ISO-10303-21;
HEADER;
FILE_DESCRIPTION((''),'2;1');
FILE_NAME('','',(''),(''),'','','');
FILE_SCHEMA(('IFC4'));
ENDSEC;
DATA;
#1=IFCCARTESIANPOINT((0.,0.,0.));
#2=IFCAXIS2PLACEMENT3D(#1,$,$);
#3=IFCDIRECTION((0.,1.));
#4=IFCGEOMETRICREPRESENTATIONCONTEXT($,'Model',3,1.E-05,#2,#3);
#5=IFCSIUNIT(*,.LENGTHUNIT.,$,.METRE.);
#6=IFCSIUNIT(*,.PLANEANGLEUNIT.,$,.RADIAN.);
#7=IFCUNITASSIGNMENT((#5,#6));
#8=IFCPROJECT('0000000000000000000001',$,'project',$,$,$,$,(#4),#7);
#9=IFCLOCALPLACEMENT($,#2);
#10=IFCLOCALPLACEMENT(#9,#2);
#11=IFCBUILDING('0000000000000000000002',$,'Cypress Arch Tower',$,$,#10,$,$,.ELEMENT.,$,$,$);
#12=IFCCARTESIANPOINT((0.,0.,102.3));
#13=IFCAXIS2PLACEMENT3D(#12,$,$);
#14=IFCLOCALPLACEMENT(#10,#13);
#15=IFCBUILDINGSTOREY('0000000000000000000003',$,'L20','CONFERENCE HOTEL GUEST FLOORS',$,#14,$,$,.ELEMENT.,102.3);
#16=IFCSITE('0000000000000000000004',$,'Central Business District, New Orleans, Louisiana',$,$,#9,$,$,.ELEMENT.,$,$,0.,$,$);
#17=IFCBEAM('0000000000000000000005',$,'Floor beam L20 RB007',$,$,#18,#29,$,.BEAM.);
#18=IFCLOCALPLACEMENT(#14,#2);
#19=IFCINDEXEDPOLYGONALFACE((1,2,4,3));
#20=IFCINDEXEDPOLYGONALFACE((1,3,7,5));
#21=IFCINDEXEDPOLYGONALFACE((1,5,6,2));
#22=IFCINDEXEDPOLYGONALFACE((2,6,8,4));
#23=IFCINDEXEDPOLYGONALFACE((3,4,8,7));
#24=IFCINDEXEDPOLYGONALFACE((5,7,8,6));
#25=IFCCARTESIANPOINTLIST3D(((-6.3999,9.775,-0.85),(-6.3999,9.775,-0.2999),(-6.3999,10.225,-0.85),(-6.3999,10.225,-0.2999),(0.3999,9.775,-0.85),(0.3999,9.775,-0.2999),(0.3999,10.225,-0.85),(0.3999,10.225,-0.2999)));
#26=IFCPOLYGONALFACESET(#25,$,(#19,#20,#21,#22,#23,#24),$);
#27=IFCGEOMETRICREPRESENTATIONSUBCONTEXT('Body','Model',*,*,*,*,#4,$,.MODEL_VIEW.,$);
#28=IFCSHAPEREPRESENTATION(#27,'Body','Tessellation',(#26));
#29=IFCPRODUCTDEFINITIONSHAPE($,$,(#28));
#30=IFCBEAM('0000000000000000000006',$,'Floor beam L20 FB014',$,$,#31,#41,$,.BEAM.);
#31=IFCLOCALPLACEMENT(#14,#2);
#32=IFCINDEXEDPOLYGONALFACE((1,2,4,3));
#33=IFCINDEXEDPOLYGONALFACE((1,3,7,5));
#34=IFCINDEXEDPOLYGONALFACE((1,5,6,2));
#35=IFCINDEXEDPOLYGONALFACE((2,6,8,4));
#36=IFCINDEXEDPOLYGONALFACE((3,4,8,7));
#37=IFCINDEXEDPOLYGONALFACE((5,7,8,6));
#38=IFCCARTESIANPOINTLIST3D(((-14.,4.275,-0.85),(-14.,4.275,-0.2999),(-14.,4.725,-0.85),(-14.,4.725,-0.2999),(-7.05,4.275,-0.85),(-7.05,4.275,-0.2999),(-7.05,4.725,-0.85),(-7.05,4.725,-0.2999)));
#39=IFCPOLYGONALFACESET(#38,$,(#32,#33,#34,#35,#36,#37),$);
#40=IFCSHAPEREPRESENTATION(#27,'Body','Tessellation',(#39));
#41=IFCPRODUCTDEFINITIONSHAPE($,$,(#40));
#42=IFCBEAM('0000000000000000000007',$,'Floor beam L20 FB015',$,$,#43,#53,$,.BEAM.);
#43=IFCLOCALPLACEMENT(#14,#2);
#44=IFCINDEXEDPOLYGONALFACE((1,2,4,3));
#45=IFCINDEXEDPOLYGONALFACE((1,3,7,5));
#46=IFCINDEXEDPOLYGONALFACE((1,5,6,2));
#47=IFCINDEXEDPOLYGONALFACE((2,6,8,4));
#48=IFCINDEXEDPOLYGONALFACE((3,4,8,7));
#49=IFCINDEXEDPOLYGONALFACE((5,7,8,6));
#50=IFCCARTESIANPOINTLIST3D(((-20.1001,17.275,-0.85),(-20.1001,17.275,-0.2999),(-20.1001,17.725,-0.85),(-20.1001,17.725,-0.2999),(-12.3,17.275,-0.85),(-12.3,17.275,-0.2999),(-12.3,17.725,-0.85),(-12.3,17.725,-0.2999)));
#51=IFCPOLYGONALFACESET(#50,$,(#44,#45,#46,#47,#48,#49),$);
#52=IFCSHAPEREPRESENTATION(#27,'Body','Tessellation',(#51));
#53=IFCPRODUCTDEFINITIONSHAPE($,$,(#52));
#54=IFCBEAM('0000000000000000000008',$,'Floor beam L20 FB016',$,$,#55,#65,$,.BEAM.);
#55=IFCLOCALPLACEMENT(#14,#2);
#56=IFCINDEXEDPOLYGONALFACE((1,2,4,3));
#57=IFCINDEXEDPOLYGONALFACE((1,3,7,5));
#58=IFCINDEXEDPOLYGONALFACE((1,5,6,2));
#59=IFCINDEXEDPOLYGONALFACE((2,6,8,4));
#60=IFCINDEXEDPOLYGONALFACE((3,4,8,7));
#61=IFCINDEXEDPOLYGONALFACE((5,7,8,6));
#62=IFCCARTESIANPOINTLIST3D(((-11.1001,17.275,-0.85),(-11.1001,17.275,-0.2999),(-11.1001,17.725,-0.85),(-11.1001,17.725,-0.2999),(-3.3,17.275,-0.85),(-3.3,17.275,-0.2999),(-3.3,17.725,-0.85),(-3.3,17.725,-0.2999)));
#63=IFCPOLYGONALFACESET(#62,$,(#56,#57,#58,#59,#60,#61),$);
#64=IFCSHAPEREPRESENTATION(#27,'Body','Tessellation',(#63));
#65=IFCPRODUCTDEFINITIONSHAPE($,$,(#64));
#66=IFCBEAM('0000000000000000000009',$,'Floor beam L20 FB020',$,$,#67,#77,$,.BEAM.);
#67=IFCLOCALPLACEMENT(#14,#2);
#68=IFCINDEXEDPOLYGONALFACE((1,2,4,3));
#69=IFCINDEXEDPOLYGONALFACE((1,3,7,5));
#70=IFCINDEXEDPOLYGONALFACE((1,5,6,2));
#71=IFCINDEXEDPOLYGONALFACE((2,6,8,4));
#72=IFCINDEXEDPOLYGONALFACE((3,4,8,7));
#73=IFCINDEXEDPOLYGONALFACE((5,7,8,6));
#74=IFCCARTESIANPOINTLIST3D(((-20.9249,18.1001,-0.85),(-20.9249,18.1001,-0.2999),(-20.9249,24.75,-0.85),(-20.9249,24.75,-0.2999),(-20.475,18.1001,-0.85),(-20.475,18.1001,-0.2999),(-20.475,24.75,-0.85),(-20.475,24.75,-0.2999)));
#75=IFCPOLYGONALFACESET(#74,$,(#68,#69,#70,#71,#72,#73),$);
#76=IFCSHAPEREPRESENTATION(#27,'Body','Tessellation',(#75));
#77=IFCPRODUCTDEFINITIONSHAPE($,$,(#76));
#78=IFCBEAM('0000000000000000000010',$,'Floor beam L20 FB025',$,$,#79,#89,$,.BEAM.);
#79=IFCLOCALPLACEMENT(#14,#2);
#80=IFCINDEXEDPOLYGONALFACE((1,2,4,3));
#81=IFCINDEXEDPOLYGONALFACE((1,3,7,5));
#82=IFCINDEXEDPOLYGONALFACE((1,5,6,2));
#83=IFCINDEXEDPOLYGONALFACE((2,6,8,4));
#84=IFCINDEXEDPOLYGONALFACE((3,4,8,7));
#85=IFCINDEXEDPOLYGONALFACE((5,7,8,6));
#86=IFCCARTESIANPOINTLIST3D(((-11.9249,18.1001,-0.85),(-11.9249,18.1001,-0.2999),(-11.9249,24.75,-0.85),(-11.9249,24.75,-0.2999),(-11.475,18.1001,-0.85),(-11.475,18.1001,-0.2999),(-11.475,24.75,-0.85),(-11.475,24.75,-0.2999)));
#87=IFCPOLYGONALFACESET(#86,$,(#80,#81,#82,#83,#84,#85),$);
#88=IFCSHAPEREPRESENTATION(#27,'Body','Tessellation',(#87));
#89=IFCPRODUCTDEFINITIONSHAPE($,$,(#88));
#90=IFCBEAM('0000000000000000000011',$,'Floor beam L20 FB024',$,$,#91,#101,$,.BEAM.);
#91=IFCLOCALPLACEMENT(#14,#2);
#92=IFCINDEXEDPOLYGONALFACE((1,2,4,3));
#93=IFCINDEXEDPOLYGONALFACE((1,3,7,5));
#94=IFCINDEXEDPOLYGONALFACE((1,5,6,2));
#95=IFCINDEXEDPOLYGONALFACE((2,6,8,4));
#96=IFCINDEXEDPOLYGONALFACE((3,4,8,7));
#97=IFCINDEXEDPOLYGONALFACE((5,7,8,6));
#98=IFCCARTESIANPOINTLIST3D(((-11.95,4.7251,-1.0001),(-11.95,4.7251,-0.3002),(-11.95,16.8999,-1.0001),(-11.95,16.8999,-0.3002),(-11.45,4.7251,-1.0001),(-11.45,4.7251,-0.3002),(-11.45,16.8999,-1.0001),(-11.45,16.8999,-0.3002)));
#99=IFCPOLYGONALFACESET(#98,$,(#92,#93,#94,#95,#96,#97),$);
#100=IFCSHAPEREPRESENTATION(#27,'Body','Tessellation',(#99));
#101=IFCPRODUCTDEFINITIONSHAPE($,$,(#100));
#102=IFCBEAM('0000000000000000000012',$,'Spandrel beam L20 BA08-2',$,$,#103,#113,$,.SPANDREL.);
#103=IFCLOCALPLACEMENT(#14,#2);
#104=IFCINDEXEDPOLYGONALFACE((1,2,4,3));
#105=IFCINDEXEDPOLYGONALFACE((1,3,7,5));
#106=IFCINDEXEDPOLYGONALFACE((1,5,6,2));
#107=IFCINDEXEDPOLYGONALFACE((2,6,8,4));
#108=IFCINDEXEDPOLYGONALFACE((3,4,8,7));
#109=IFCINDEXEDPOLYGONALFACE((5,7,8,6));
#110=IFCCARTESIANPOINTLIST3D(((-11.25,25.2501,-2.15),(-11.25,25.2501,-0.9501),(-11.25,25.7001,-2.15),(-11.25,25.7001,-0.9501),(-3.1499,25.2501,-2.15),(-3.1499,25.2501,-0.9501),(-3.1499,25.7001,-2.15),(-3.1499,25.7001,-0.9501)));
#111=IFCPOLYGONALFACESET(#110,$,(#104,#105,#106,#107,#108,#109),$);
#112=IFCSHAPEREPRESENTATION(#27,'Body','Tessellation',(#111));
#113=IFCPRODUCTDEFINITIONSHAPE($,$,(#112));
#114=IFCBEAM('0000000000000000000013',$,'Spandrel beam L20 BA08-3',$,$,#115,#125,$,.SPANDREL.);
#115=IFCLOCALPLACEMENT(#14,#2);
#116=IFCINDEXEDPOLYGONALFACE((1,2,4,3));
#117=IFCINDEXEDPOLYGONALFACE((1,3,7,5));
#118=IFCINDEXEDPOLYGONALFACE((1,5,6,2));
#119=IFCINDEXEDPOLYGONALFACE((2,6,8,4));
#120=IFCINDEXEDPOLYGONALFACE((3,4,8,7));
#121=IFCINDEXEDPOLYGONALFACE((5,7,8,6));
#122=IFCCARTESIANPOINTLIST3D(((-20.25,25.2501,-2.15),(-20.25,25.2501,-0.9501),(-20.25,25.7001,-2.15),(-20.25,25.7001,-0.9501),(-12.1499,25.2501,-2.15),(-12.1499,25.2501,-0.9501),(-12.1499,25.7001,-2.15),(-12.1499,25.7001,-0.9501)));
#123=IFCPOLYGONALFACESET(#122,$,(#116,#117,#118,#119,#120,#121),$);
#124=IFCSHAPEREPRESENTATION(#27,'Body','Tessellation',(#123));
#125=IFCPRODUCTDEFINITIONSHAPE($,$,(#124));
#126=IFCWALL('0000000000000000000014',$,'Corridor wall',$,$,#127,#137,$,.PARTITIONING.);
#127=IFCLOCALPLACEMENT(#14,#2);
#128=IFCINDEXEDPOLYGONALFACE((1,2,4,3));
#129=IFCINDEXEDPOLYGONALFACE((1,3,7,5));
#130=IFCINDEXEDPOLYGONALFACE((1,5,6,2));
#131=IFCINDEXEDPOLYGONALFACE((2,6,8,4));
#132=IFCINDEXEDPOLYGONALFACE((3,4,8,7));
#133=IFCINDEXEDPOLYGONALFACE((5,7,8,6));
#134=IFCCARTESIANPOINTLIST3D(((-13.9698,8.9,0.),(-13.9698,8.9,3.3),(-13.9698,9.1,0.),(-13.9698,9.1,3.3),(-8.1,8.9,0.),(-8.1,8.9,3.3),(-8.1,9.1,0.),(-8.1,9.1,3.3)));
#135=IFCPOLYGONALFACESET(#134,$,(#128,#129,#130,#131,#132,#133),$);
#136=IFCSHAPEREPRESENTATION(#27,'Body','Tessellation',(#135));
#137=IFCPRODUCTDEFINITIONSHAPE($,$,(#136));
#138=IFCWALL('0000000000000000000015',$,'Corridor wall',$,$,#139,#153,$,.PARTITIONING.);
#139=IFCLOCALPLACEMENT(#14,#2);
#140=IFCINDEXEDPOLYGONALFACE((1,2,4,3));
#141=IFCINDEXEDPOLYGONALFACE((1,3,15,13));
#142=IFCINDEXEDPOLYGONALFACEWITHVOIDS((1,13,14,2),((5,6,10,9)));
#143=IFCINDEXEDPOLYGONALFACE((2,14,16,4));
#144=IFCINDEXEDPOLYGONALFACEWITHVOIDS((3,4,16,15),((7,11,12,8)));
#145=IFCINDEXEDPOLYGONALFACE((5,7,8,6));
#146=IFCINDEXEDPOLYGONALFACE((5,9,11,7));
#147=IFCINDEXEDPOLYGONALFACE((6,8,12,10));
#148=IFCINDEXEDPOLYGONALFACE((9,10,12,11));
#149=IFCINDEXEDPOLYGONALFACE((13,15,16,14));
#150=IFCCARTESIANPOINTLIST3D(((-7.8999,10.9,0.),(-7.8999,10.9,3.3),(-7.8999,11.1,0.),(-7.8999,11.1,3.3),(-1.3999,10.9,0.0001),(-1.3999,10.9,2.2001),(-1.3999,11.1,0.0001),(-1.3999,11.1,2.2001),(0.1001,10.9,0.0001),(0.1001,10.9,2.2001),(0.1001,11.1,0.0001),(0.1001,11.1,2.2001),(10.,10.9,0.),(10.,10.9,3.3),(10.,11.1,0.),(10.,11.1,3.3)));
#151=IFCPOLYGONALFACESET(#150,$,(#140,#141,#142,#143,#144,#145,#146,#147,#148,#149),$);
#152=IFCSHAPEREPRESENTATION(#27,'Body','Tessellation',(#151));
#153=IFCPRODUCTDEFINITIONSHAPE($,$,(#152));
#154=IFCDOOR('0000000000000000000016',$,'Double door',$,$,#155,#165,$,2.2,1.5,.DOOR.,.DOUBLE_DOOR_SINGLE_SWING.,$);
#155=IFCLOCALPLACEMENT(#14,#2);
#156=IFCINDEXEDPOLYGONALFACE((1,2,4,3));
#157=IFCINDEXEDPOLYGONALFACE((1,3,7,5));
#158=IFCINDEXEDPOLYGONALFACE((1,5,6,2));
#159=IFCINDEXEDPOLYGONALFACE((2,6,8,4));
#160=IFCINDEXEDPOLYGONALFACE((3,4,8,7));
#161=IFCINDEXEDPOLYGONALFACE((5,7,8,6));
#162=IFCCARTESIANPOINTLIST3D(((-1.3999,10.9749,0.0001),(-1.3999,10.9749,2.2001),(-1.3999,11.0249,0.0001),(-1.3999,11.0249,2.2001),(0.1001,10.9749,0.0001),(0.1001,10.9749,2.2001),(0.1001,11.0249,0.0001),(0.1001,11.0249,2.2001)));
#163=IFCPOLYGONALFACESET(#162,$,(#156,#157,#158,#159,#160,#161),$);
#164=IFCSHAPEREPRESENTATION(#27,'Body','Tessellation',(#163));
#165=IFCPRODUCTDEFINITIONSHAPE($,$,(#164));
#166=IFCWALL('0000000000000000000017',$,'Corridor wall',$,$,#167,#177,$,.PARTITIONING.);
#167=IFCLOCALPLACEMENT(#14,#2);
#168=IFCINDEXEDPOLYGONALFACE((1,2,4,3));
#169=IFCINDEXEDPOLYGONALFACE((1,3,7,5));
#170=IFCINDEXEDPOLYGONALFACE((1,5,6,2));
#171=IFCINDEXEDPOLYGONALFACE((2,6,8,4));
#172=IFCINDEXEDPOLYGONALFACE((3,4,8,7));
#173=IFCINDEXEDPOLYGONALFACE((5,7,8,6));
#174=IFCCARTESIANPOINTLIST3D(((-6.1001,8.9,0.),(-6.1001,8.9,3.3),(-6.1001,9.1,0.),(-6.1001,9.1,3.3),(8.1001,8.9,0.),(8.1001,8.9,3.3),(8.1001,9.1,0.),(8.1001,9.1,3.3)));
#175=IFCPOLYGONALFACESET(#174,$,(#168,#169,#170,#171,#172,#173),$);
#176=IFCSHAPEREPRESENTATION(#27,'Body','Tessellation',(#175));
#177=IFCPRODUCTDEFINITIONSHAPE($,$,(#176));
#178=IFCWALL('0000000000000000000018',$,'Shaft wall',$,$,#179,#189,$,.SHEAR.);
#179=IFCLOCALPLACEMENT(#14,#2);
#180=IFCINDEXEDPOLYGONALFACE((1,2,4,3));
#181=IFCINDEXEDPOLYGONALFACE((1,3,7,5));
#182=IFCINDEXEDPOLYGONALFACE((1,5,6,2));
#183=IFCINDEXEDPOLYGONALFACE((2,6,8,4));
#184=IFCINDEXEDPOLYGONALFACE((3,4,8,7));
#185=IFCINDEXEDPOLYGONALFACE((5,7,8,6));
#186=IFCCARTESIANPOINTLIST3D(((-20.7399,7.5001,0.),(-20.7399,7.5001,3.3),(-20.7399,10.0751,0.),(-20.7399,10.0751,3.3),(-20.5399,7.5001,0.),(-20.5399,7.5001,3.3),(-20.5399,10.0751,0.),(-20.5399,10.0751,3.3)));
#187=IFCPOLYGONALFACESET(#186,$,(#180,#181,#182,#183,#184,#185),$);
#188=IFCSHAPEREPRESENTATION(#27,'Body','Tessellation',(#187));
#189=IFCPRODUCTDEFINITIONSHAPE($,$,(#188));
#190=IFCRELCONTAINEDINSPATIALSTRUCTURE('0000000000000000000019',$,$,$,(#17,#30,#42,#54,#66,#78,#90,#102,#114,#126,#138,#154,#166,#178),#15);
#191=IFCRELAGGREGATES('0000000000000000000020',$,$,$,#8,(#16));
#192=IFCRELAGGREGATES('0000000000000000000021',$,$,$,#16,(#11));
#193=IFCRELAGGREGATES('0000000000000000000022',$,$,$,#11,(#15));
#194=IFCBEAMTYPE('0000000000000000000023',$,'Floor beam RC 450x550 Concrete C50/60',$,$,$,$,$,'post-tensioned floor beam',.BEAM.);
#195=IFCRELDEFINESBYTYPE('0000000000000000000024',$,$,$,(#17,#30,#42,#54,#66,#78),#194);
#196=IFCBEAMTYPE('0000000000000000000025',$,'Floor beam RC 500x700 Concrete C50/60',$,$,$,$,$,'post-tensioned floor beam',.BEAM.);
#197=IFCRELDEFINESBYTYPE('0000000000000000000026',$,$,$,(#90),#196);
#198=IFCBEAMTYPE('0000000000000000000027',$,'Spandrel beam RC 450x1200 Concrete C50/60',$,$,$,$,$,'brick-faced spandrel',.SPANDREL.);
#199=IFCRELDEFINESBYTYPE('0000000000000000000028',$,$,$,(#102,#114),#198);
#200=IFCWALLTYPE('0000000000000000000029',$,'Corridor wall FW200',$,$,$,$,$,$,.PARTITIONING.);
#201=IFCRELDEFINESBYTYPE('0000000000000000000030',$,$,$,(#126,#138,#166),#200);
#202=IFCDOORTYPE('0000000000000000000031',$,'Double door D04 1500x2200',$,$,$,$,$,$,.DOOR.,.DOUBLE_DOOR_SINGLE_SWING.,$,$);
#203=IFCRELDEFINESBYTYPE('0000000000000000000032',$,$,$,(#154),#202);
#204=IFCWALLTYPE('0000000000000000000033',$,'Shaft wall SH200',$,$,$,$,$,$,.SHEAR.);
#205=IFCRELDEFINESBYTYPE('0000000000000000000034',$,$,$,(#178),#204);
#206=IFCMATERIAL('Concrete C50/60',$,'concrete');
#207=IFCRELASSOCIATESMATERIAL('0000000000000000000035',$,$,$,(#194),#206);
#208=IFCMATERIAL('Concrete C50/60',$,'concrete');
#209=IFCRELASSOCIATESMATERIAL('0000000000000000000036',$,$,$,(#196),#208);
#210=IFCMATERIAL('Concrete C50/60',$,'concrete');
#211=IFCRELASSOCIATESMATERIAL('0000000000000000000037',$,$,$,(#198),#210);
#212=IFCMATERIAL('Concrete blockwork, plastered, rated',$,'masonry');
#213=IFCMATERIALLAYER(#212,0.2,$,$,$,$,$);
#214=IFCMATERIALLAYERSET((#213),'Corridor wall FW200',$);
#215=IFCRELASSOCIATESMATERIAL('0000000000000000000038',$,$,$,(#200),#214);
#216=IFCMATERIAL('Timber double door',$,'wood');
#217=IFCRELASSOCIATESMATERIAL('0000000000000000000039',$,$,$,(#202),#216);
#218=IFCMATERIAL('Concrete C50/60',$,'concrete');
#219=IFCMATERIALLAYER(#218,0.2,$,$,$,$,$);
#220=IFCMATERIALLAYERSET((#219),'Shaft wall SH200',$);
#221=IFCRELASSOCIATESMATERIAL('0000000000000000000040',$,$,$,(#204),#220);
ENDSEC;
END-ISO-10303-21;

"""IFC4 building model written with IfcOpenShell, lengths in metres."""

from ifc_helpers import new_model, si_unit, direction, frame, frame_2d, origin, origin_2d, place, context, subcontext, project, spatial, rectangle, extrude, material, layer, layer_set, material_profile, profile_set, type_object, element, fill, save


model = new_model("IFC4")

# Units and contexts
model_context = context("Model", 3, precision=1e-05, world=origin(), true_north=direction((0.0, 1.0)))
body_context = subcontext(model_context, "Body", "Model", "MODEL_VIEW")
ifc_project = project(units=[si_unit("LENGTHUNIT", "METRE"), si_unit("PLANEANGLEUNIT", "RADIAN")], contexts=[model_context])

# Site, building, storey
site_placement = place(None, origin())
site = spatial("IfcSite", under=ifc_project, at=site_placement, Name="Central Business District, New Orleans, Louisiana", CompositionType="ELEMENT", RefElevation=0.0)
building_placement = place(site_placement, origin())
building = spatial("IfcBuilding", under=site, at=building_placement, Name="Cypress Arch Tower", CompositionType="ELEMENT")
storey_placement = place(building_placement, frame((0.0, 0.0, 102.3)))
storey = spatial("IfcBuildingStorey", under=building, at=storey_placement, Name="L20", Description="CONFERENCE HOTEL GUEST FLOORS", CompositionType="ELEMENT", Elevation=102.3)

# Beams
ifc_material_1 = material(Name="Concrete C50/60", Category="concrete")
ifc_material_profile_1 = material_profile(ifc_material_1, rectangle(XDim=0.45, YDim=0.55, at=origin_2d()), Name="RC 450x550")
ifc_profile_set_1 = profile_set([ifc_material_profile_1], Name="Concrete C50/60")
beam_type_1 = type_object("IfcBeamType", Name="Floor beam RC 450x550 Concrete C50/60", ElementType="post-tensioned floor beam", PredefinedType="BEAM", material=ifc_profile_set_1)
beam_1_placement = place(storey_placement, frame((-6.3999, 10.0, -0.575), z_axis=(1.0, 0.0, 0.0), x_axis=(0.0, 1.0, 0.0)))
element("IfcBeam", 1, at=beam_1_placement, inside=storey, type_object=beam_type_1, Name="Floor beam L20 RB007", PredefinedType="BEAM", context=body_context, shape_type="SweptSolid", body=[
    extrude(rectangle(XDim=0.45, YDim=0.55, at=origin_2d()), origin(), (0.0, 0.0, 1.0), 6.7998),
])
beam_2_placement = place(storey_placement, frame((-14.0, 4.5, -0.575), z_axis=(1.0, 0.0, 0.0), x_axis=(0.0, 1.0, 0.0)))
element("IfcBeam", 2, at=beam_2_placement, inside=storey, type_object=beam_type_1, Name="Floor beam L20 FB014", PredefinedType="BEAM", context=body_context, shape_type="SweptSolid", body=[
    extrude(rectangle(XDim=0.45, YDim=0.55, at=origin_2d()), origin(), (0.0, 0.0, 1.0), 6.95),
])
for number, where, z_axis, x_axis, name in (
    (3, (-20.1001, 17.5, -0.575), (1.0, 0.0, 0.0), (0.0, 1.0, 0.0), "Floor beam L20 FB015"),
    (4, (-11.1001, 17.5, -0.575), (1.0, 0.0, 0.0), (0.0, 1.0, 0.0), "Floor beam L20 FB016"),
):
    element("IfcBeam", number, at=place(storey_placement, frame(where, z_axis=z_axis, x_axis=x_axis)), inside=storey, type_object=beam_type_1, Name=name, PredefinedType="BEAM", context=body_context, shape_type="SweptSolid", body=[
        extrude(rectangle(XDim=0.45, YDim=0.55, at=origin_2d()), origin(), (0.0, 0.0, 1.0), 7.8),
    ])
for number, where, z_axis, x_axis, name in (
    (5, (-20.7, 18.1001, -0.575), (0.0, 1.0, 0.0), (-1.0, 0.0, 0.0), "Floor beam L20 FB020"),
    (6, (-11.7, 18.1001, -0.575), (0.0, 1.0, 0.0), (-1.0, 0.0, 0.0), "Floor beam L20 FB025"),
):
    element("IfcBeam", number, at=place(storey_placement, frame(where, z_axis=z_axis, x_axis=x_axis)), inside=storey, type_object=beam_type_1, Name=name, PredefinedType="BEAM", context=body_context, shape_type="SweptSolid", body=[
        extrude(rectangle(XDim=0.45, YDim=0.55, at=origin_2d()), origin(), (0.0, 0.0, 1.0), 6.6499),
    ])
ifc_material_2 = material(Name="Concrete C50/60", Category="concrete")
ifc_material_profile_2 = material_profile(ifc_material_2, rectangle(XDim=0.5, YDim=0.7, at=origin_2d()), Name="RC 500x700")
ifc_profile_set_2 = profile_set([ifc_material_profile_2], Name="Concrete C50/60")
beam_type_2 = type_object("IfcBeamType", Name="Floor beam RC 500x700 Concrete C50/60", ElementType="post-tensioned floor beam", PredefinedType="BEAM", material=ifc_profile_set_2)
beam_3_placement = place(storey_placement, frame((-11.7, 4.7251, -0.6501), z_axis=(0.0, 1.0, 0.0), x_axis=(-1.0, 0.0, 0.0)))
element("IfcBeam", 7, at=beam_3_placement, inside=storey, type_object=beam_type_2, Name="Floor beam L20 FB024", PredefinedType="BEAM", context=body_context, shape_type="SweptSolid", body=[
    extrude(rectangle(XDim=0.5, YDim=0.7, at=origin_2d()), origin(), (0.0, 0.0, 1.0), 12.1748),
])
ifc_material_3 = material(Name="Concrete C50/60", Category="concrete")
ifc_material_profile_3 = material_profile(ifc_material_3, rectangle(XDim=0.45, YDim=1.2, at=origin_2d()), Name="RC 450x1200")
ifc_profile_set_3 = profile_set([ifc_material_profile_3], Name="Concrete C50/60")
beam_type_3 = type_object("IfcBeamType", Name="Spandrel beam RC 450x1200 Concrete C50/60", ElementType="brick-faced spandrel", PredefinedType="SPANDREL", material=ifc_profile_set_3)
for number, where, z_axis, x_axis, name in (
    (8, (-3.1499, 25.4751, -1.55), (-1.0, 0.0, 0.0), (0.0, -1.0, 0.0), "Spandrel beam L20 BA08-2"),
    (9, (-12.1499, 25.4751, -1.55), (-1.0, 0.0, 0.0), (0.0, -1.0, 0.0), "Spandrel beam L20 BA08-3"),
):
    element("IfcBeam", number, at=place(storey_placement, frame(where, z_axis=z_axis, x_axis=x_axis)), inside=storey, type_object=beam_type_3, Name=name, PredefinedType="SPANDREL", context=body_context, shape_type="SweptSolid", body=[
        extrude(rectangle(XDim=0.45, YDim=1.2, at=origin_2d()), origin(), (0.0, 0.0, 1.0), 8.1001),
    ])

# Wall
ifc_material_4 = material(Name="Concrete blockwork, plastered, rated", Category="masonry")
ifc_layer_1 = layer(ifc_material_4, 0.2)
ifc_layer_set_1 = layer_set([ifc_layer_1], Name="Corridor wall FW200")
wall_type_1 = type_object("IfcWallType", Name="Corridor wall FW200", PredefinedType="PARTITIONING", material=ifc_layer_set_1)
wall_1_placement = place(storey_placement, frame((-13.97, 9.0, 0.0), z_axis=(0.0, 0.0, 1.0), x_axis=(1.0, 0.0, 0.0)))
element("IfcWall", 10, at=wall_1_placement, inside=storey, type_object=wall_type_1, Name="Corridor wall", PredefinedType="PARTITIONING", context=body_context, shape_type="SweptSolid", body=[
    extrude(rectangle(XDim=5.8699, YDim=0.2, at=frame_2d((2.9351, 0.0))), origin(), (0.0, 0.0, 1.0), 3.3),
])

# Wall, opening, door
wall_2_placement = place(storey_placement, frame((-7.8999, 11.0, 0.0), z_axis=(0.0, 0.0, 1.0), x_axis=(1.0, 0.0, 0.0)))
wall_2 = element("IfcWall", 11, at=wall_2_placement, inside=storey, type_object=wall_type_1, Name="Corridor wall", PredefinedType="PARTITIONING", context=body_context, shape_type="SweptSolid", body=[
    extrude(rectangle(XDim=17.8999, YDim=0.2, at=frame_2d((8.95, 0.0))), origin(), (0.0, 0.0, 1.0), 3.3),
])
opening_1_placement = place(wall_2_placement, frame((6.5, 0.0, 0.0)))
opening_1 = element("IfcOpeningElement", 12, at=opening_1_placement, cuts=wall_2, PredefinedType="OPENING", context=body_context, shape_type="SweptSolid", body=[
    extrude(rectangle(XDim=1.5, YDim=2.2, at=frame_2d((0.75, 1.1001))), frame((0.0, 0.1099, 0.0), z_axis=(0.0, -1.0, 0.0), x_axis=(1.0, 0.0, 0.0)), (0.0, 0.0, 1.0), 0.22),
])
ifc_material_5 = material(Name="Timber double door", Category="wood")
door_type_1 = type_object("IfcDoorType", Name="Double door D04 1500x2200", OperationType="DOUBLE_DOOR_SINGLE_SWING", PredefinedType="DOOR", material=ifc_material_5)
door_1_placement = place(opening_1_placement, origin())
door_1 = element("IfcDoor", 13, at=door_1_placement, inside=storey, type_object=door_type_1, Name="Double door", OperationType="DOUBLE_DOOR_SINGLE_SWING", OverallHeight=2.2, OverallWidth=1.5, PredefinedType="DOOR", context=body_context, shape_type="SweptSolid", body=[
    extrude(rectangle(XDim=1.5, YDim=2.2, at=frame_2d((0.75, 1.1001))), frame((0.0, 0.0249, 0.0), z_axis=(0.0, -1.0, 0.0), x_axis=(1.0, 0.0, 0.0)), (0.0, 0.0, 1.0), 0.05),
])
fill(opening_1, door_1)

# Walls
wall_3_placement = place(storey_placement, frame((-6.1001, 9.0, 0.0), z_axis=(0.0, 0.0, 1.0), x_axis=(1.0, 0.0, 0.0)))
element("IfcWall", 14, at=wall_3_placement, inside=storey, type_object=wall_type_1, Name="Corridor wall", PredefinedType="PARTITIONING", context=body_context, shape_type="SweptSolid", body=[
    extrude(rectangle(XDim=14.2002, YDim=0.2, at=frame_2d((7.1001, 0.0))), origin(), (0.0, 0.0, 1.0), 3.3),
])
ifc_material_6 = material(Name="Concrete C50/60", Category="concrete")
ifc_layer_2 = layer(ifc_material_6, 0.2)
ifc_layer_set_2 = layer_set([ifc_layer_2], Name="Shaft wall SH200")
wall_type_2 = type_object("IfcWallType", Name="Shaft wall SH200", PredefinedType="SHEAR", material=ifc_layer_set_2)
wall_4_placement = place(storey_placement, frame((-20.6399, 7.5, 0.0), z_axis=(0.0, 0.0, 1.0), x_axis=(0.0, 1.0, 0.0)))
element("IfcWall", 15, at=wall_4_placement, inside=storey, type_object=wall_type_2, Name="Shaft wall", PredefinedType="SHEAR", context=body_context, shape_type="SweptSolid", body=[
    extrude(rectangle(XDim=2.575, YDim=0.2, at=frame_2d((1.2876, 0.0))), origin(), (0.0, 0.0, 1.0), 3.3),
])

save(model, "model.ifc")
